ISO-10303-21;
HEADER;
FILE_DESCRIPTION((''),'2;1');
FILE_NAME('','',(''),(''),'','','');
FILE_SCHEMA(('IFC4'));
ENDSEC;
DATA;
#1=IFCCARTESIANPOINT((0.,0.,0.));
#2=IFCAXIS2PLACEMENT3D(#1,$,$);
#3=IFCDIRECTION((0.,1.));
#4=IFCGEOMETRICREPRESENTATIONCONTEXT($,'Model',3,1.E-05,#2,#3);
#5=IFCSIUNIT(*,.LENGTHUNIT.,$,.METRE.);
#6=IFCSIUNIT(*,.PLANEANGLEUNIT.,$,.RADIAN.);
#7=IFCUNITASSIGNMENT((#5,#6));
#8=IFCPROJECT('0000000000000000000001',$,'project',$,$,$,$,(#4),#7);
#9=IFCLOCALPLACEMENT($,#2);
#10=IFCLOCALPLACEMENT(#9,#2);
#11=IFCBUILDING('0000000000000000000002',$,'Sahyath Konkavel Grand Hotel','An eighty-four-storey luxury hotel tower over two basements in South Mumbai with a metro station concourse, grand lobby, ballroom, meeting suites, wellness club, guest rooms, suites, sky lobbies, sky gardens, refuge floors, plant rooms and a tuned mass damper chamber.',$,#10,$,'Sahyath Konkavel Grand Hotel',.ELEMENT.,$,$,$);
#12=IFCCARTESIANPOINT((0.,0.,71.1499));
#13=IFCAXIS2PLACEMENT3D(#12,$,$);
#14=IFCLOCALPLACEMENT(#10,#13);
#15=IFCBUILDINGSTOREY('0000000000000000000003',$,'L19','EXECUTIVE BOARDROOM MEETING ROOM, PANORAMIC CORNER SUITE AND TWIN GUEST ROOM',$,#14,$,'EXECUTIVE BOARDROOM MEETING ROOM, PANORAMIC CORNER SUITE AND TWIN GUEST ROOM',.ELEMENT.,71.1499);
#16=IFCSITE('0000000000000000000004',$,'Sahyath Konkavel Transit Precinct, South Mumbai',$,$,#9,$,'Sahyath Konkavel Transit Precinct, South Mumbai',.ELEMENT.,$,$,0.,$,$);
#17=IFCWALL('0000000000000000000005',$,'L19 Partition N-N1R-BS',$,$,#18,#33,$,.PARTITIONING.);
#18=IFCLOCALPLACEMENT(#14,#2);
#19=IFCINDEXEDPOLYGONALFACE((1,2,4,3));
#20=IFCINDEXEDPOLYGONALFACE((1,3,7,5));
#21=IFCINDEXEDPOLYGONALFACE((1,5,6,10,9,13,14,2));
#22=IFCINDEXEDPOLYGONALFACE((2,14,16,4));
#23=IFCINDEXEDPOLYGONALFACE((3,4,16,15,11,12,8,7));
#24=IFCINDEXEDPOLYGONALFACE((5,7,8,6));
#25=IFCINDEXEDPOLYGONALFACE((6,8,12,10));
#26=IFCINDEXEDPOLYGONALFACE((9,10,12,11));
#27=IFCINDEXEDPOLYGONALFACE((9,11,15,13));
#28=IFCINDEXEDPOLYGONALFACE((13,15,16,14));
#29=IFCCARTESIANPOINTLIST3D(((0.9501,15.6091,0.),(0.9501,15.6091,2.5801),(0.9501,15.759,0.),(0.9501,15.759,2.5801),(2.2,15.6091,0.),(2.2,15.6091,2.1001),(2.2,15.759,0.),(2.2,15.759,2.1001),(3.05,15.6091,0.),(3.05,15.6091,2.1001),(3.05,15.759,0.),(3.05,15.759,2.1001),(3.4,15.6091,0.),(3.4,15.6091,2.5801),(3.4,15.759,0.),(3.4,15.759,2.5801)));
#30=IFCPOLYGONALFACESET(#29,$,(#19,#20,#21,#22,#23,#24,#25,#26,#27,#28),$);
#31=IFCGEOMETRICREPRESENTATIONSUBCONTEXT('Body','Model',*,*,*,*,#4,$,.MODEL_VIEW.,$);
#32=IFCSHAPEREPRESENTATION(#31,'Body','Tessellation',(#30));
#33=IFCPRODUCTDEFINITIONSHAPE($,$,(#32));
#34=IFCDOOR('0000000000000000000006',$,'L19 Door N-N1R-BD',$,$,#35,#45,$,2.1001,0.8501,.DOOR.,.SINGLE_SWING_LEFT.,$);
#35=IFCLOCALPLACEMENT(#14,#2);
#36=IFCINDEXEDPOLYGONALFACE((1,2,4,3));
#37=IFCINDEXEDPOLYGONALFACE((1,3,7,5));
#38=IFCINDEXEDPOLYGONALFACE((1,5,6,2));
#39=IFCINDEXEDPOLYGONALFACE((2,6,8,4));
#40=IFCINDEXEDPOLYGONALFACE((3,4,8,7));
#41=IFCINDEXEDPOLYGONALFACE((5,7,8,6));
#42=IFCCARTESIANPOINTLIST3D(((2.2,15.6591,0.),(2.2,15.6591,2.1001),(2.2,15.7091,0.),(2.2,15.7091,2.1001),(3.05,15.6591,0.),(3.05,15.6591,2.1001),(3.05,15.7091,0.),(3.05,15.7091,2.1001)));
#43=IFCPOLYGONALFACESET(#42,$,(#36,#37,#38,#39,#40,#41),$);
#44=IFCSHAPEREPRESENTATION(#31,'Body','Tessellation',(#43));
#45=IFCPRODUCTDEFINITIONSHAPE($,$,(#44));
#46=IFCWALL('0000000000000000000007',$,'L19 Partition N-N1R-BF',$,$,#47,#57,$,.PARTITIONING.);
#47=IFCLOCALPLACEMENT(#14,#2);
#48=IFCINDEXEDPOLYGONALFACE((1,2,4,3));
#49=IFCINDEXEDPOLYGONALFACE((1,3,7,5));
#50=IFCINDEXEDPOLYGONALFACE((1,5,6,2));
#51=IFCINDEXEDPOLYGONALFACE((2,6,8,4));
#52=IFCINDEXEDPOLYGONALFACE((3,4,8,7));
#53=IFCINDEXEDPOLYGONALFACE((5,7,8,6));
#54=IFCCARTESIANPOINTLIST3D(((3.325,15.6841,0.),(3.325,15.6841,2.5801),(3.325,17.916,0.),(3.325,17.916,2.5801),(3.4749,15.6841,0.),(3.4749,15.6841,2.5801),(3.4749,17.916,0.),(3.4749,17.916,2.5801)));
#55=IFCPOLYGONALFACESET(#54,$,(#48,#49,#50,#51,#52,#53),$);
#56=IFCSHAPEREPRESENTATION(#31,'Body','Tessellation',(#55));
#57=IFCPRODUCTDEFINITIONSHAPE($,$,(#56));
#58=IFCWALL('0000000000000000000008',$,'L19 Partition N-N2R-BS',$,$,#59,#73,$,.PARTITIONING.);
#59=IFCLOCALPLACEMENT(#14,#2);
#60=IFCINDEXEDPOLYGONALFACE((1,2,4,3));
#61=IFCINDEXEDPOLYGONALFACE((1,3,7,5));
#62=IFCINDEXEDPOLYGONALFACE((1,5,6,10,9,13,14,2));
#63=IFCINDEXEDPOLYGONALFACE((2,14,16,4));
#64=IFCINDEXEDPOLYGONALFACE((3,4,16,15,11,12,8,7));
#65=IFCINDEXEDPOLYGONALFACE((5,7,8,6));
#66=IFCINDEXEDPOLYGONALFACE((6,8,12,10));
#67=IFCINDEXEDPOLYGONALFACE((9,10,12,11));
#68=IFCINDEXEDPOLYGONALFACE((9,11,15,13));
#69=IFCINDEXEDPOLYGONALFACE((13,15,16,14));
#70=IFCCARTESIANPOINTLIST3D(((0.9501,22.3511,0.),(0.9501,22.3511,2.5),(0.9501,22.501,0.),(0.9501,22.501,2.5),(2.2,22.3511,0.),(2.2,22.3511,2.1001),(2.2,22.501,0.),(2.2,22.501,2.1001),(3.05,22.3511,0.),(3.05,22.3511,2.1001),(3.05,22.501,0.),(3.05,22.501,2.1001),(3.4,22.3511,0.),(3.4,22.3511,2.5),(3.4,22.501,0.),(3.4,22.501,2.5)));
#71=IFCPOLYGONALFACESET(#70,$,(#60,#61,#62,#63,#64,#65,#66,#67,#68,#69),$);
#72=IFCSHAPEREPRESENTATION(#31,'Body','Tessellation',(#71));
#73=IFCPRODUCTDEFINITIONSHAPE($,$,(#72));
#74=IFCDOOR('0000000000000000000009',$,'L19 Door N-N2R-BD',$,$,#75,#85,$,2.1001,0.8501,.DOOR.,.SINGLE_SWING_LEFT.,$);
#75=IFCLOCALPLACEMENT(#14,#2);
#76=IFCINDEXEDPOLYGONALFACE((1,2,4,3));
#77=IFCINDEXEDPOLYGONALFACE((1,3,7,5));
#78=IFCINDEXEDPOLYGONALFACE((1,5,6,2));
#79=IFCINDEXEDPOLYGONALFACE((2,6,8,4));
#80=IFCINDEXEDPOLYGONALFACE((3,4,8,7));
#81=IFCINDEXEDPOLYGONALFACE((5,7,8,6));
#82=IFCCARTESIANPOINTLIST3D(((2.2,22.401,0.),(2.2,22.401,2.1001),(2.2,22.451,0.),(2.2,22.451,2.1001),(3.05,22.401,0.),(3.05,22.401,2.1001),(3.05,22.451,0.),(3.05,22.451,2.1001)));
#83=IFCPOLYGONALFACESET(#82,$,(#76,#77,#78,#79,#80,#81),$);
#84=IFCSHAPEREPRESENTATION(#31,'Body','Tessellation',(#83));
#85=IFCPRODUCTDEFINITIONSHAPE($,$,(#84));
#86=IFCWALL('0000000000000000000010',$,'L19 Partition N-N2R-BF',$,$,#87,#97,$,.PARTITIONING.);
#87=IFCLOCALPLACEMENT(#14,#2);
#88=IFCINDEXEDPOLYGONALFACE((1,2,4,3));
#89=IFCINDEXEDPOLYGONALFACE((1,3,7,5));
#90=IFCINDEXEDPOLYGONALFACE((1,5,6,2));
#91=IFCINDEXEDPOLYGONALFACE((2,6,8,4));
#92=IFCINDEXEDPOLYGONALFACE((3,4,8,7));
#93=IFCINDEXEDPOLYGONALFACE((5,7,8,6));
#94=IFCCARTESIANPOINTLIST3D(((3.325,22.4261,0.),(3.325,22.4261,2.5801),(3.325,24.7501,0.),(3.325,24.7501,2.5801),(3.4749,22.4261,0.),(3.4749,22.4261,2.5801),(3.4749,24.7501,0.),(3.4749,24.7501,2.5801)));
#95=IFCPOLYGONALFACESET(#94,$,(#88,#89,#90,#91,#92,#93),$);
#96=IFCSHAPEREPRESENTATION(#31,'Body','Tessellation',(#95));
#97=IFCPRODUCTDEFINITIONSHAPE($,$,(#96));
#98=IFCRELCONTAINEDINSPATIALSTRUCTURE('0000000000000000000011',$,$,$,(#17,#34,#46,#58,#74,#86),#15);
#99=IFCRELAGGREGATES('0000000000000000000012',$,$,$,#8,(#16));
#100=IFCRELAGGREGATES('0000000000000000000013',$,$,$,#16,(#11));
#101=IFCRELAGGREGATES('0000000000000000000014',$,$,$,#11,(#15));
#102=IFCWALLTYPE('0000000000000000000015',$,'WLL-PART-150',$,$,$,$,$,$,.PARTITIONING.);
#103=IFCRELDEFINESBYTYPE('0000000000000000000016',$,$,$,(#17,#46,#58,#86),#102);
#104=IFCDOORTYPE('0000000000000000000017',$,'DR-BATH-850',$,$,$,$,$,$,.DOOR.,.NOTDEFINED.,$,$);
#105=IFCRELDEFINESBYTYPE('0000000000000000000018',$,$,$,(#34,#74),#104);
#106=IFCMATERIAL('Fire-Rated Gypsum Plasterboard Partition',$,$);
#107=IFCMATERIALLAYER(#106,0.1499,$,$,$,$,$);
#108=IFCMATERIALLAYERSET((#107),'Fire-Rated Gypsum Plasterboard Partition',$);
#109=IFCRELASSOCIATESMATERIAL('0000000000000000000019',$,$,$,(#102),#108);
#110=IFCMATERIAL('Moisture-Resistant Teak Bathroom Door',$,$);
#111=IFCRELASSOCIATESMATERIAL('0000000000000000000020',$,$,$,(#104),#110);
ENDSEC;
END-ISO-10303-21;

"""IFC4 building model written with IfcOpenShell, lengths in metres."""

from ifc_helpers import new_model, si_unit, direction, frame, frame_2d, origin, origin_2d, place, context, subcontext, project, spatial, rectangle, extrude, source, transform, mapped, material, layer, layer_set, type_object, element, fill, save


model = new_model("IFC4")

# Units and contexts
model_context = context("Model", 3, precision=1e-05, world=origin(), true_north=direction((0.0, 1.0)))
body_context = subcontext(model_context, "Body", "Model", "MODEL_VIEW")
ifc_project = project(units=[si_unit("LENGTHUNIT", "METRE"), si_unit("PLANEANGLEUNIT", "RADIAN")], contexts=[model_context])

# Site, building, storey
site_placement = place(None, origin())
site = spatial("IfcSite", under=ifc_project, at=site_placement, Name="Sahyath Konkavel Transit Precinct, South Mumbai", LongName="Sahyath Konkavel Transit Precinct, South Mumbai", CompositionType="ELEMENT", RefElevation=0.0)
building_placement = place(site_placement, origin())
building = spatial("IfcBuilding", under=site, at=building_placement, Name="Sahyath Konkavel Grand Hotel", Description="An eighty-four-storey luxury hotel tower over two basements in South Mumbai with a metro station concourse, grand lobby, ballroom, meeting suites, wellness club, guest rooms, suites, sky lobbies, sky gardens, refuge floors, plant rooms and a tuned mass damper chamber.", LongName="Sahyath Konkavel Grand Hotel", CompositionType="ELEMENT")
storey_placement = place(building_placement, frame((0.0, 0.0, 71.1499)))
storey = spatial("IfcBuildingStorey", under=building, at=storey_placement, Name="L19", Description="EXECUTIVE BOARDROOM MEETING ROOM, PANORAMIC CORNER SUITE AND TWIN GUEST ROOM", LongName="EXECUTIVE BOARDROOM MEETING ROOM, PANORAMIC CORNER SUITE AND TWIN GUEST ROOM", CompositionType="ELEMENT", Elevation=71.1499)

# Shared definitions
ifc_material_1 = material(Name="Fire-Rated Gypsum Plasterboard Partition")
ifc_layer_1 = layer(ifc_material_1, 0.1499)
ifc_layer_set_1 = layer_set([ifc_layer_1], Name="Fire-Rated Gypsum Plasterboard Partition")
wall_type_1 = type_object("IfcWallType", Name="WLL-PART-150", PredefinedType="PARTITIONING", material=ifc_layer_set_1)
shared_shape_1 = source(origin(), body_context, "Body", "SweptSolid", [
    extrude(rectangle(XDim=0.8501, YDim=0.05, at=origin_2d()), origin(), (0.0, 0.0, 1.0), 2.1001),
])

# Wall, opening, door
wall_1_placement = place(storey_placement, frame((0.95, 15.6841, 0.0), z_axis=(0.0, 0.0, 1.0), x_axis=(1.0, 0.0, 0.0)))
wall_1 = element("IfcWall", 1, at=wall_1_placement, inside=storey, type_object=wall_type_1, Name="L19 Partition N-N1R-BS", PredefinedType="PARTITIONING", context=body_context, shape_type="SweptSolid", body=[
    extrude(rectangle(XDim=2.45, YDim=0.1499, at=frame_2d((1.2251, 0.0))), origin(), (0.0, 0.0, 1.0), 2.5801),
])
opening_1_placement = place(wall_1_placement, frame((1.25, 0.0, 0.0)))
opening_1 = element("IfcOpeningElement", 2, at=opening_1_placement, cuts=wall_1, PredefinedType="OPENING", context=body_context, shape_type="SweptSolid", body=[
    extrude(rectangle(XDim=0.8501, YDim=2.1001, at=frame_2d((0.425, 1.05))), frame((0.0, 0.085, 0.0), z_axis=(0.0, -1.0, 0.0), x_axis=(1.0, 0.0, 0.0)), (0.0, 0.0, 1.0), 0.1699),
])
ifc_material_2 = material(Name="Moisture-Resistant Teak Bathroom Door")
door_type_1 = type_object("IfcDoorType", Name="DR-BATH-850", OperationType="NOTDEFINED", PredefinedType="DOOR", material=ifc_material_2)
door_1_placement = place(opening_1_placement, frame((0.425, 0.0, 0.0)))
door_1 = element("IfcDoor", 3, at=door_1_placement, inside=storey, type_object=door_type_1, Name="L19 Door N-N1R-BD", OperationType="SINGLE_SWING_LEFT", OverallHeight=2.1001, OverallWidth=0.8501, PredefinedType="DOOR", context=body_context, shape_type="MappedRepresentation", body=[
    mapped(shared_shape_1, transform((0.0, 0.0, 0.0), scale=1.0)),
])
fill(opening_1, door_1)

# Wall
wall_2_placement = place(storey_placement, frame((3.3999, 15.6841, 0.0), z_axis=(0.0, 0.0, 1.0), x_axis=(0.0, 1.0, 0.0)))
element("IfcWall", 4, at=wall_2_placement, inside=storey, type_object=wall_type_1, Name="L19 Partition N-N1R-BF", PredefinedType="PARTITIONING", context=body_context, shape_type="SweptSolid", body=[
    extrude(rectangle(XDim=2.2319, YDim=0.1499, at=frame_2d((1.116, 0.0))), origin(), (0.0, 0.0, 1.0), 2.5801),
])

# Wall, opening, door
wall_3_placement = place(storey_placement, frame((0.95, 22.426, 0.0), z_axis=(0.0, 0.0, 1.0), x_axis=(1.0, 0.0, 0.0)))
wall_3 = element("IfcWall", 5, at=wall_3_placement, inside=storey, type_object=wall_type_1, Name="L19 Partition N-N2R-BS", PredefinedType="PARTITIONING", context=body_context, shape_type="SweptSolid", body=[
    extrude(rectangle(XDim=2.45, YDim=0.1499, at=frame_2d((1.2251, 0.0))), origin(), (0.0, 0.0, 1.0), 2.5),
])
opening_2_placement = place(wall_3_placement, frame((1.25, 0.0, 0.0)))
opening_2 = element("IfcOpeningElement", 6, at=opening_2_placement, cuts=wall_3, PredefinedType="OPENING", context=body_context, shape_type="SweptSolid", body=[
    extrude(rectangle(XDim=0.8501, YDim=2.1001, at=frame_2d((0.425, 1.05))), frame((0.0, 0.085, 0.0), z_axis=(0.0, -1.0, 0.0), x_axis=(1.0, 0.0, 0.0)), (0.0, 0.0, 1.0), 0.1699),
])
door_2_placement = place(opening_2_placement, frame((0.425, 0.0, 0.0)))
door_2 = element("IfcDoor", 7, at=door_2_placement, inside=storey, type_object=door_type_1, Name="L19 Door N-N2R-BD", OperationType="SINGLE_SWING_LEFT", OverallHeight=2.1001, OverallWidth=0.8501, PredefinedType="DOOR", context=body_context, shape_type="MappedRepresentation", body=[
    mapped(shared_shape_1, transform((0.0, 0.0, 0.0), scale=1.0)),
])
fill(opening_2, door_2)

# Wall
wall_4_placement = place(storey_placement, frame((3.3999, 22.426, 0.0), z_axis=(0.0, 0.0, 1.0), x_axis=(0.0, 1.0, 0.0)))
element("IfcWall", 8, at=wall_4_placement, inside=storey, type_object=wall_type_1, Name="L19 Partition N-N2R-BF", PredefinedType="PARTITIONING", context=body_context, shape_type="SweptSolid", body=[
    extrude(rectangle(XDim=2.324, YDim=0.1499, at=frame_2d((1.1621, 0.0))), origin(), (0.0, 0.0, 1.0), 2.5801),
])

save(model, "model.ifc")
